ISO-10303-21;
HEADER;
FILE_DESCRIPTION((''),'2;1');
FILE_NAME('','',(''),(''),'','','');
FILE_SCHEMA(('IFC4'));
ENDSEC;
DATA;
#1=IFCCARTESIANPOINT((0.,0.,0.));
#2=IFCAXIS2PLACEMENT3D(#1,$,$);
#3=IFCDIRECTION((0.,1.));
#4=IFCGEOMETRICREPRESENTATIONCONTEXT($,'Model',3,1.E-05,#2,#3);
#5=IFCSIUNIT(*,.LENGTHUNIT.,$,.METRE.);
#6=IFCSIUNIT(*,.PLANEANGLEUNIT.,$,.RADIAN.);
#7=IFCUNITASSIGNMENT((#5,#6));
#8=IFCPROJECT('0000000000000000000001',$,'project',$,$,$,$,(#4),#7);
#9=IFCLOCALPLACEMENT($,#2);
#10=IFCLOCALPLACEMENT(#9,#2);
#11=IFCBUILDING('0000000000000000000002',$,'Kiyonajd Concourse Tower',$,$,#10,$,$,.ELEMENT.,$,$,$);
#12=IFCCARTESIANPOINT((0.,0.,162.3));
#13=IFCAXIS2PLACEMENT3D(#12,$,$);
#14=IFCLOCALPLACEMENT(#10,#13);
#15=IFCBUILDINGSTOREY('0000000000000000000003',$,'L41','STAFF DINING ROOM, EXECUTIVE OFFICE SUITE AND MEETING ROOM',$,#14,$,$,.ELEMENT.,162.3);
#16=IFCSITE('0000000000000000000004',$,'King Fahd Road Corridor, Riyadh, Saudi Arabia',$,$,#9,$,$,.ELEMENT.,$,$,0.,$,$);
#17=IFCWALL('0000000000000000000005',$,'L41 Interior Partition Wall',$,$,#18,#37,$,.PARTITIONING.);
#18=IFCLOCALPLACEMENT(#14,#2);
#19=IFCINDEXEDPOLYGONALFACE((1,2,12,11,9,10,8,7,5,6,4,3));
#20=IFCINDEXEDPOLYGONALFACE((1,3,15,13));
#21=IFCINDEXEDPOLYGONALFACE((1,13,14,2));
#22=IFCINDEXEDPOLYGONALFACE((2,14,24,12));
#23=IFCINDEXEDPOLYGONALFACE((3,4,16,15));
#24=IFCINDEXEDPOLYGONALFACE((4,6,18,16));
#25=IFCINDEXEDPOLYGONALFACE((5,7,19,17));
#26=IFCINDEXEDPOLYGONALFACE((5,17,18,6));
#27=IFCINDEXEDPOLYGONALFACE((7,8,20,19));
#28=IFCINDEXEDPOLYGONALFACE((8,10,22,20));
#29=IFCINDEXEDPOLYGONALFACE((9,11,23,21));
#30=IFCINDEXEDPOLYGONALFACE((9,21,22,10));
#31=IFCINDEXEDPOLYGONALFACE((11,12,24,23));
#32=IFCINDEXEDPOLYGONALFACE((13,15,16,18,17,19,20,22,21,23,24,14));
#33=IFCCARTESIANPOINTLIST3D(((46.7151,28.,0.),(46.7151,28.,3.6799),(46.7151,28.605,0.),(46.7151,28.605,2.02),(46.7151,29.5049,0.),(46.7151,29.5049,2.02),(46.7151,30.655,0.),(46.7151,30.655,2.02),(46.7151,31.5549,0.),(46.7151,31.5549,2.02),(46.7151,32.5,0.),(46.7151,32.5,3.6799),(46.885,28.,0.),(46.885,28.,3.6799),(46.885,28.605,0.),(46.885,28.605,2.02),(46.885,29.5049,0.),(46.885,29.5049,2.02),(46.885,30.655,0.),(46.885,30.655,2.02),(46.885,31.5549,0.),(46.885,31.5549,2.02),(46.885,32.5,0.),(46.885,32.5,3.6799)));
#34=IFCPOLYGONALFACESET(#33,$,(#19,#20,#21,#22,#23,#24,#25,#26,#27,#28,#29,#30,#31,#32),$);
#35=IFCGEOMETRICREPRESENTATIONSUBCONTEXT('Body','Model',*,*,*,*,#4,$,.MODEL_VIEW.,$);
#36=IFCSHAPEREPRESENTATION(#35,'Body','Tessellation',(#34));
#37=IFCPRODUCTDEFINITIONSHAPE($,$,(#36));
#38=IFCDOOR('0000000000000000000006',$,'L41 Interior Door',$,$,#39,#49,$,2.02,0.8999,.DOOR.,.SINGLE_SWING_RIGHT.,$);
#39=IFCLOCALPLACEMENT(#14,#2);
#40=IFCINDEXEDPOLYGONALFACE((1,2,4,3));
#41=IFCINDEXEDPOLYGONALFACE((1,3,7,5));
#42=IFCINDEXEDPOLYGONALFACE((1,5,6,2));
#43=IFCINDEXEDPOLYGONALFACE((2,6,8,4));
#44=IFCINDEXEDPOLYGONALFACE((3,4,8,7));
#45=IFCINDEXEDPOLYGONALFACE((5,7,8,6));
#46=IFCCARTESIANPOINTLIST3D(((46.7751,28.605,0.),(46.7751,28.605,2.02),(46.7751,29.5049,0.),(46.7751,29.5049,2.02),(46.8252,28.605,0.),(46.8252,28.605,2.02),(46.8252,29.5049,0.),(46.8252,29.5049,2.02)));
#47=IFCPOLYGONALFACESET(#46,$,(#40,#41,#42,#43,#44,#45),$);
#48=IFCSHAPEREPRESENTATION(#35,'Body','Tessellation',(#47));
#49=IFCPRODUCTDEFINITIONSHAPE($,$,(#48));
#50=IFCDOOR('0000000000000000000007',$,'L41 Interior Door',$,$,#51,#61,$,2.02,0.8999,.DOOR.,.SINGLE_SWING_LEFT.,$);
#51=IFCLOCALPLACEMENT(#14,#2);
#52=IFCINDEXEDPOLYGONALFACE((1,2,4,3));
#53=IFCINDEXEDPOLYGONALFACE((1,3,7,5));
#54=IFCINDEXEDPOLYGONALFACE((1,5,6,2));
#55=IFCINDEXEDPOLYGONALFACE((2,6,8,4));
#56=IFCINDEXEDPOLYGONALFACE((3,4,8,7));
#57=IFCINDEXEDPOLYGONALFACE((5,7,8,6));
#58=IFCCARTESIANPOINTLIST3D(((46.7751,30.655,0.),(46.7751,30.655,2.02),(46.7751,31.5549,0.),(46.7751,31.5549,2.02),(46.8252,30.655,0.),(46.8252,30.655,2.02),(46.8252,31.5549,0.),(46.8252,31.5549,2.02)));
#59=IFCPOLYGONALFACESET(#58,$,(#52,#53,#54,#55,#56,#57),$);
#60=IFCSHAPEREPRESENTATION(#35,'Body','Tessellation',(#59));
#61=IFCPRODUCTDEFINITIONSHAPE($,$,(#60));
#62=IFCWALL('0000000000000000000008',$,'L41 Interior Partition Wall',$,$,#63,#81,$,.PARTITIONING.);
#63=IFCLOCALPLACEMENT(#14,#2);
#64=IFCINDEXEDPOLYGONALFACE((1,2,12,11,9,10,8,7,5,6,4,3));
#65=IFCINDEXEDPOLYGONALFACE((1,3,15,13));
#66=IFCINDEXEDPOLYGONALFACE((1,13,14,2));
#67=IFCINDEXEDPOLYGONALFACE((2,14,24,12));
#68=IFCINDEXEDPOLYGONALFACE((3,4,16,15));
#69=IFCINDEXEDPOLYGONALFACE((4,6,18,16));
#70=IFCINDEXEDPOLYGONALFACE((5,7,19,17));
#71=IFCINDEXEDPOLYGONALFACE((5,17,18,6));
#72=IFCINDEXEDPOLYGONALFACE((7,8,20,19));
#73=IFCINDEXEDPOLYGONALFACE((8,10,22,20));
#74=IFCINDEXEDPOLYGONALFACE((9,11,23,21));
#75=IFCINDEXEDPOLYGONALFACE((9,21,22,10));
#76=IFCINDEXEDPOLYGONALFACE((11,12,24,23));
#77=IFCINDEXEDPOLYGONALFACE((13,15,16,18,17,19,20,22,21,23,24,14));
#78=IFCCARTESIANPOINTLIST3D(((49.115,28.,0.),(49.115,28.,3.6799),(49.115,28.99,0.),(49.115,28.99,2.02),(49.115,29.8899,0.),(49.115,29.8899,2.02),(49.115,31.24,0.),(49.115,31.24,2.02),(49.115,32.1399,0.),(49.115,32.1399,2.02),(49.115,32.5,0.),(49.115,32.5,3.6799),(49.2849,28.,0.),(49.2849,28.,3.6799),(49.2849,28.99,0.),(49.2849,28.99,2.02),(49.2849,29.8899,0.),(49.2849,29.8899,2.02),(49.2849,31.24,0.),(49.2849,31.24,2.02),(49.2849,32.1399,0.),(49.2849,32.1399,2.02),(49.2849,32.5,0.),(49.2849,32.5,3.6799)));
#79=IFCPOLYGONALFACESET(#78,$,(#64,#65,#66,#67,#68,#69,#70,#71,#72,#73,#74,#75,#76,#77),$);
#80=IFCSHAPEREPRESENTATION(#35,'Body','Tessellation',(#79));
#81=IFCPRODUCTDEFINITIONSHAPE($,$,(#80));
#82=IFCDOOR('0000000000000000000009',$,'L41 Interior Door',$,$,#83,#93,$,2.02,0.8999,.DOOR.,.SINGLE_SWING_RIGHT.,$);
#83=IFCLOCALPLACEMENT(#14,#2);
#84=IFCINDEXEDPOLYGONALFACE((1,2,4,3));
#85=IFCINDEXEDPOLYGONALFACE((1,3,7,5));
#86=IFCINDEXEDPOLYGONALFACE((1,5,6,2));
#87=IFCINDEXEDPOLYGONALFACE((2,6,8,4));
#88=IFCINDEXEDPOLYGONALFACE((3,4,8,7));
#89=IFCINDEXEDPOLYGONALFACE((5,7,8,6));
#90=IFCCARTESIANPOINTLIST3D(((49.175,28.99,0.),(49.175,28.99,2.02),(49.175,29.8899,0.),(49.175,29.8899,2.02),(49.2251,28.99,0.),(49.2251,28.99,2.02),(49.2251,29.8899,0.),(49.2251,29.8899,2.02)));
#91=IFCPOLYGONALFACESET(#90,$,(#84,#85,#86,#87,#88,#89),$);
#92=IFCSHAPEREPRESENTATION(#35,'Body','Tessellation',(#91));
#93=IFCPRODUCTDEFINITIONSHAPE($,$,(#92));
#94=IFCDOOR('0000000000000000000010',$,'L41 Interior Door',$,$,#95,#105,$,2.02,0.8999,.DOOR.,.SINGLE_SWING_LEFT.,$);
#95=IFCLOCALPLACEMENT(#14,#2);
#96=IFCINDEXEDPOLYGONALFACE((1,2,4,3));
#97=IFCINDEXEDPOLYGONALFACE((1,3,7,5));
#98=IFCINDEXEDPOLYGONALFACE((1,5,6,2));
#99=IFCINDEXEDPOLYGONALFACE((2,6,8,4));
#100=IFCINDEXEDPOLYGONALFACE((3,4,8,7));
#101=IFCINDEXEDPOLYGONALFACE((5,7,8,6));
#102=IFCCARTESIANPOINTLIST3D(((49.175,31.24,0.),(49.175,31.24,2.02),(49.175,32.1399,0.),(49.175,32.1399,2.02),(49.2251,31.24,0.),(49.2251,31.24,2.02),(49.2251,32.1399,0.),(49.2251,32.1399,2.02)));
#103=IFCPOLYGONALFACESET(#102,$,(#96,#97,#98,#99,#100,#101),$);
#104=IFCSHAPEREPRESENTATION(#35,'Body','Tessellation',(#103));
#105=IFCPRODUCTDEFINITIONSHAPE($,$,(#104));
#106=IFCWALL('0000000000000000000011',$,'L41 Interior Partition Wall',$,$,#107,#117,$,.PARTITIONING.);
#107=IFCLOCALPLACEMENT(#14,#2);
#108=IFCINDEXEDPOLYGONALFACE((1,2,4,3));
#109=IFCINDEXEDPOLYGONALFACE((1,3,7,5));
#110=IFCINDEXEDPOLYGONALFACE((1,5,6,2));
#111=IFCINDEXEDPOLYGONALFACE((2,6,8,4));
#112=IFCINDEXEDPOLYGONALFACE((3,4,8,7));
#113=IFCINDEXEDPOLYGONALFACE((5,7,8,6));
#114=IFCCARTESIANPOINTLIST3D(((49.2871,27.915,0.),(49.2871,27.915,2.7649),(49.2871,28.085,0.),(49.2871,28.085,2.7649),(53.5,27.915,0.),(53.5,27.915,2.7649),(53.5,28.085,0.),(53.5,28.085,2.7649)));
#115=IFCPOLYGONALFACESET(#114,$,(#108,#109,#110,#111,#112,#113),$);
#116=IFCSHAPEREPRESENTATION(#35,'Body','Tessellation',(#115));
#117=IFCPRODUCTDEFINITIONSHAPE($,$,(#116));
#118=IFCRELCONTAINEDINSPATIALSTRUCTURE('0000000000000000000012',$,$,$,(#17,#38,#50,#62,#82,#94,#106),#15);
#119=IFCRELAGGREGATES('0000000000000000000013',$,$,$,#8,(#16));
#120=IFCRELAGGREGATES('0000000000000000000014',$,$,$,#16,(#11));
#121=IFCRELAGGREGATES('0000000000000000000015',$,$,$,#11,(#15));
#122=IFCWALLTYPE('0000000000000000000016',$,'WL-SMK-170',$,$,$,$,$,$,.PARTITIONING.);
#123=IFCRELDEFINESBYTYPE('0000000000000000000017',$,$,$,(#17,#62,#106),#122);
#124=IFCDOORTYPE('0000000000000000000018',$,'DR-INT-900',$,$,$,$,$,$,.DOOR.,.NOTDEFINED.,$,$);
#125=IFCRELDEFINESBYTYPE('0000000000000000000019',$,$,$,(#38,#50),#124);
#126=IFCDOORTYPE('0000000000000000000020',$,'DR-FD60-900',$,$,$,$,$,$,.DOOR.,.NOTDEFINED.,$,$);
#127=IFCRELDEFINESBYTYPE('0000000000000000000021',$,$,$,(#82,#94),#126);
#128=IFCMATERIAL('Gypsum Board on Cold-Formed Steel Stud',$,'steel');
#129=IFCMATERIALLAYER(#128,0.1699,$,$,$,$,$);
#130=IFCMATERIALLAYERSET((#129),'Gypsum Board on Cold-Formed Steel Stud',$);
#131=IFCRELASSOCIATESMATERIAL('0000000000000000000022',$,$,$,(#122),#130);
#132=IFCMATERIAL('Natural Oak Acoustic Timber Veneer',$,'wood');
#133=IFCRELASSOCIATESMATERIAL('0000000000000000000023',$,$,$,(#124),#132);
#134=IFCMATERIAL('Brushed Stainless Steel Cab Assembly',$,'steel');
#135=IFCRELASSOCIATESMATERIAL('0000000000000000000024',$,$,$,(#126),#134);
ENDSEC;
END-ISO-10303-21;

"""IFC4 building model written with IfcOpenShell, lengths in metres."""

from ifc_helpers import new_model, si_unit, direction, frame, frame_2d, origin, place, context, subcontext, project, spatial, rectangle, extrude, material, layer, layer_set, type_object, element, fill, save


model = new_model("IFC4")

# Units and contexts
model_context = context("Model", 3, precision=1e-05, world=origin(), true_north=direction((0.0, 1.0)))
body_context = subcontext(model_context, "Body", "Model", "MODEL_VIEW")
ifc_project = project(units=[si_unit("LENGTHUNIT", "METRE"), si_unit("PLANEANGLEUNIT", "RADIAN")], contexts=[model_context])

# Site, building, storey
site_placement = place(None, origin())
site = spatial("IfcSite", under=ifc_project, at=site_placement, Name="King Fahd Road Corridor, Riyadh, Saudi Arabia", CompositionType="ELEMENT", RefElevation=0.0)
building_placement = place(site_placement, origin())
building = spatial("IfcBuilding", under=site, at=building_placement, Name="Kiyonajd Concourse Tower", CompositionType="ELEMENT")
storey_placement = place(building_placement, frame((0.0, 0.0, 162.3)))
storey = spatial("IfcBuildingStorey", under=building, at=storey_placement, Name="L41", Description="STAFF DINING ROOM, EXECUTIVE OFFICE SUITE AND MEETING ROOM", CompositionType="ELEMENT", Elevation=162.3)

# Shared definitions
ifc_material_1 = material(Name="Gypsum Board on Cold-Formed Steel Stud", Category="steel")

# Shared definitions
ifc_layer_1 = layer(ifc_material_1, 0.1699)
ifc_layer_set_1 = layer_set([ifc_layer_1], Name="Gypsum Board on Cold-Formed Steel Stud")
wall_type_1 = type_object("IfcWallType", Name="WL-SMK-170", PredefinedType="PARTITIONING", material=ifc_layer_set_1)
ifc_material_2 = material(Name="Natural Oak Acoustic Timber Veneer", Category="wood")
door_type_1 = type_object("IfcDoorType", Name="DR-INT-900", OperationType="NOTDEFINED", PredefinedType="DOOR", material=ifc_material_2)

# Shared definitions
ifc_material_3 = material(Name="Brushed Stainless Steel Cab Assembly", Category="steel")
door_type_2 = type_object("IfcDoorType", Name="DR-FD60-900", OperationType="NOTDEFINED", PredefinedType="DOOR", material=ifc_material_3)

# Walls, openings, doors
wall_1_placement = place(storey_placement, frame((46.8, 28.0, 0.0), z_axis=(0.0, 0.0, 1.0), x_axis=(0.0, 1.0, 0.0)))
wall_1 = element("IfcWall", 1, at=wall_1_placement, inside=storey, type_object=wall_type_1, Name="L41 Interior Partition Wall", PredefinedType="PARTITIONING", context=body_context, shape_type="SweptSolid", body=[
    extrude(rectangle(XDim=4.5, YDim=0.1699, at=frame_2d((2.25, 0.0))), origin(), (0.0, 0.0, 1.0), 3.6799),
])
opening_1_placement = place(wall_1_placement, frame((0.605, 0.0, 0.0)))
opening_1 = element("IfcOpeningElement", 2, at=opening_1_placement, cuts=wall_1, PredefinedType="OPENING", context=body_context, shape_type="SweptSolid", body=[
    extrude(rectangle(XDim=0.8999, YDim=2.02, at=frame_2d((0.45, 1.01))), frame((0.0, 0.095, 0.0), z_axis=(0.0, -1.0, 0.0), x_axis=(1.0, 0.0, 0.0)), (0.0, 0.0, 1.0), 0.1899),
])
opening_2_placement = place(wall_1_placement, frame((2.655, 0.0, 0.0)))
opening_2 = element("IfcOpeningElement", 3, at=opening_2_placement, cuts=wall_1, PredefinedType="OPENING", context=body_context, shape_type="SweptSolid", body=[
    extrude(rectangle(XDim=0.8999, YDim=2.02, at=frame_2d((0.45, 1.01))), frame((0.0, 0.095, 0.0), z_axis=(0.0, -1.0, 0.0), x_axis=(1.0, 0.0, 0.0)), (0.0, 0.0, 1.0), 0.1899),
])
door_1_placement = place(opening_1_placement, origin())
door_1 = element("IfcDoor", 4, at=door_1_placement, inside=storey, type_object=door_type_1, Name="L41 Interior Door", OperationType="SINGLE_SWING_RIGHT", OverallHeight=2.02, OverallWidth=0.8999, PredefinedType="DOOR", context=body_context, shape_type="SweptSolid", body=[
    extrude(rectangle(XDim=0.8999, YDim=2.02, at=frame_2d((0.45, 1.01))), frame((0.0, 0.0249, 0.0), z_axis=(0.0, -1.0, 0.0), x_axis=(1.0, 0.0, 0.0)), (0.0, 0.0, 1.0), 0.05),
])
fill(opening_1, door_1)
door_2_placement = place(opening_2_placement, origin())
door_2 = element("IfcDoor", 5, at=door_2_placement, inside=storey, type_object=door_type_1, Name="L41 Interior Door", OperationType="SINGLE_SWING_LEFT", OverallHeight=2.02, OverallWidth=0.8999, PredefinedType="DOOR", context=body_context, shape_type="SweptSolid", body=[
    extrude(rectangle(XDim=0.8999, YDim=2.02, at=frame_2d((0.45, 1.01))), frame((0.0, 0.0249, 0.0), z_axis=(0.0, -1.0, 0.0), x_axis=(1.0, 0.0, 0.0)), (0.0, 0.0, 1.0), 0.05),
])
fill(opening_2, door_2)
wall_2_placement = place(storey_placement, frame((49.2, 28.0, 0.0), z_axis=(0.0, 0.0, 1.0), x_axis=(0.0, 1.0, 0.0)))
wall_2 = element("IfcWall", 6, at=wall_2_placement, inside=storey, type_object=wall_type_1, Name="L41 Interior Partition Wall", PredefinedType="PARTITIONING", context=body_context, shape_type="SweptSolid", body=[
    extrude(rectangle(XDim=4.5, YDim=0.1699, at=frame_2d((2.25, 0.0))), origin(), (0.0, 0.0, 1.0), 3.6799),
])
opening_3_placement = place(wall_2_placement, frame((0.99, 0.0, 0.0)))
opening_3 = element("IfcOpeningElement", 7, at=opening_3_placement, cuts=wall_2, PredefinedType="OPENING", context=body_context, shape_type="SweptSolid", body=[
    extrude(rectangle(XDim=0.8999, YDim=2.02, at=frame_2d((0.45, 1.01))), frame((0.0, 0.095, 0.0), z_axis=(0.0, -1.0, 0.0), x_axis=(1.0, 0.0, 0.0)), (0.0, 0.0, 1.0), 0.1899),
])
opening_4_placement = place(wall_2_placement, frame((3.24, 0.0, 0.0)))
opening_4 = element("IfcOpeningElement", 8, at=opening_4_placement, cuts=wall_2, PredefinedType="OPENING", context=body_context, shape_type="SweptSolid", body=[
    extrude(rectangle(XDim=0.8999, YDim=2.02, at=frame_2d((0.45, 1.01))), frame((0.0, 0.095, 0.0), z_axis=(0.0, -1.0, 0.0), x_axis=(1.0, 0.0, 0.0)), (0.0, 0.0, 1.0), 0.1899),
])
door_3_placement = place(opening_3_placement, origin())
door_3 = element("IfcDoor", 9, at=door_3_placement, inside=storey, type_object=door_type_2, Name="L41 Interior Door", OperationType="SINGLE_SWING_RIGHT", OverallHeight=2.02, OverallWidth=0.8999, PredefinedType="DOOR", context=body_context, shape_type="SweptSolid", body=[
    extrude(rectangle(XDim=0.8999, YDim=2.02, at=frame_2d((0.45, 1.01))), frame((0.0, 0.0249, 0.0), z_axis=(0.0, -1.0, 0.0), x_axis=(1.0, 0.0, 0.0)), (0.0, 0.0, 1.0), 0.05),
])
fill(opening_3, door_3)
door_4_placement = place(opening_4_placement, origin())
door_4 = element("IfcDoor", 10, at=door_4_placement, inside=storey, type_object=door_type_2, Name="L41 Interior Door", OperationType="SINGLE_SWING_LEFT", OverallHeight=2.02, OverallWidth=0.8999, PredefinedType="DOOR", context=body_context, shape_type="SweptSolid", body=[
    extrude(rectangle(XDim=0.8999, YDim=2.02, at=frame_2d((0.45, 1.01))), frame((0.0, 0.0249, 0.0), z_axis=(0.0, -1.0, 0.0), x_axis=(1.0, 0.0, 0.0)), (0.0, 0.0, 1.0), 0.05),
])
fill(opening_4, door_4)

# Wall
wall_3_placement = place(storey_placement, frame((49.2871, 28.0, 0.0), z_axis=(0.0, 0.0, 1.0), x_axis=(1.0, 0.0, 0.0)))
element("IfcWall", 11, at=wall_3_placement, inside=storey, type_object=wall_type_1, Name="L41 Interior Partition Wall", PredefinedType="PARTITIONING", context=body_context, shape_type="SweptSolid", body=[
    extrude(rectangle(XDim=4.2129, YDim=0.1699, at=frame_2d((2.1064, 0.0))), origin(), (0.0, 0.0, 1.0), 2.7649),
])

save(model, "model.ifc")
